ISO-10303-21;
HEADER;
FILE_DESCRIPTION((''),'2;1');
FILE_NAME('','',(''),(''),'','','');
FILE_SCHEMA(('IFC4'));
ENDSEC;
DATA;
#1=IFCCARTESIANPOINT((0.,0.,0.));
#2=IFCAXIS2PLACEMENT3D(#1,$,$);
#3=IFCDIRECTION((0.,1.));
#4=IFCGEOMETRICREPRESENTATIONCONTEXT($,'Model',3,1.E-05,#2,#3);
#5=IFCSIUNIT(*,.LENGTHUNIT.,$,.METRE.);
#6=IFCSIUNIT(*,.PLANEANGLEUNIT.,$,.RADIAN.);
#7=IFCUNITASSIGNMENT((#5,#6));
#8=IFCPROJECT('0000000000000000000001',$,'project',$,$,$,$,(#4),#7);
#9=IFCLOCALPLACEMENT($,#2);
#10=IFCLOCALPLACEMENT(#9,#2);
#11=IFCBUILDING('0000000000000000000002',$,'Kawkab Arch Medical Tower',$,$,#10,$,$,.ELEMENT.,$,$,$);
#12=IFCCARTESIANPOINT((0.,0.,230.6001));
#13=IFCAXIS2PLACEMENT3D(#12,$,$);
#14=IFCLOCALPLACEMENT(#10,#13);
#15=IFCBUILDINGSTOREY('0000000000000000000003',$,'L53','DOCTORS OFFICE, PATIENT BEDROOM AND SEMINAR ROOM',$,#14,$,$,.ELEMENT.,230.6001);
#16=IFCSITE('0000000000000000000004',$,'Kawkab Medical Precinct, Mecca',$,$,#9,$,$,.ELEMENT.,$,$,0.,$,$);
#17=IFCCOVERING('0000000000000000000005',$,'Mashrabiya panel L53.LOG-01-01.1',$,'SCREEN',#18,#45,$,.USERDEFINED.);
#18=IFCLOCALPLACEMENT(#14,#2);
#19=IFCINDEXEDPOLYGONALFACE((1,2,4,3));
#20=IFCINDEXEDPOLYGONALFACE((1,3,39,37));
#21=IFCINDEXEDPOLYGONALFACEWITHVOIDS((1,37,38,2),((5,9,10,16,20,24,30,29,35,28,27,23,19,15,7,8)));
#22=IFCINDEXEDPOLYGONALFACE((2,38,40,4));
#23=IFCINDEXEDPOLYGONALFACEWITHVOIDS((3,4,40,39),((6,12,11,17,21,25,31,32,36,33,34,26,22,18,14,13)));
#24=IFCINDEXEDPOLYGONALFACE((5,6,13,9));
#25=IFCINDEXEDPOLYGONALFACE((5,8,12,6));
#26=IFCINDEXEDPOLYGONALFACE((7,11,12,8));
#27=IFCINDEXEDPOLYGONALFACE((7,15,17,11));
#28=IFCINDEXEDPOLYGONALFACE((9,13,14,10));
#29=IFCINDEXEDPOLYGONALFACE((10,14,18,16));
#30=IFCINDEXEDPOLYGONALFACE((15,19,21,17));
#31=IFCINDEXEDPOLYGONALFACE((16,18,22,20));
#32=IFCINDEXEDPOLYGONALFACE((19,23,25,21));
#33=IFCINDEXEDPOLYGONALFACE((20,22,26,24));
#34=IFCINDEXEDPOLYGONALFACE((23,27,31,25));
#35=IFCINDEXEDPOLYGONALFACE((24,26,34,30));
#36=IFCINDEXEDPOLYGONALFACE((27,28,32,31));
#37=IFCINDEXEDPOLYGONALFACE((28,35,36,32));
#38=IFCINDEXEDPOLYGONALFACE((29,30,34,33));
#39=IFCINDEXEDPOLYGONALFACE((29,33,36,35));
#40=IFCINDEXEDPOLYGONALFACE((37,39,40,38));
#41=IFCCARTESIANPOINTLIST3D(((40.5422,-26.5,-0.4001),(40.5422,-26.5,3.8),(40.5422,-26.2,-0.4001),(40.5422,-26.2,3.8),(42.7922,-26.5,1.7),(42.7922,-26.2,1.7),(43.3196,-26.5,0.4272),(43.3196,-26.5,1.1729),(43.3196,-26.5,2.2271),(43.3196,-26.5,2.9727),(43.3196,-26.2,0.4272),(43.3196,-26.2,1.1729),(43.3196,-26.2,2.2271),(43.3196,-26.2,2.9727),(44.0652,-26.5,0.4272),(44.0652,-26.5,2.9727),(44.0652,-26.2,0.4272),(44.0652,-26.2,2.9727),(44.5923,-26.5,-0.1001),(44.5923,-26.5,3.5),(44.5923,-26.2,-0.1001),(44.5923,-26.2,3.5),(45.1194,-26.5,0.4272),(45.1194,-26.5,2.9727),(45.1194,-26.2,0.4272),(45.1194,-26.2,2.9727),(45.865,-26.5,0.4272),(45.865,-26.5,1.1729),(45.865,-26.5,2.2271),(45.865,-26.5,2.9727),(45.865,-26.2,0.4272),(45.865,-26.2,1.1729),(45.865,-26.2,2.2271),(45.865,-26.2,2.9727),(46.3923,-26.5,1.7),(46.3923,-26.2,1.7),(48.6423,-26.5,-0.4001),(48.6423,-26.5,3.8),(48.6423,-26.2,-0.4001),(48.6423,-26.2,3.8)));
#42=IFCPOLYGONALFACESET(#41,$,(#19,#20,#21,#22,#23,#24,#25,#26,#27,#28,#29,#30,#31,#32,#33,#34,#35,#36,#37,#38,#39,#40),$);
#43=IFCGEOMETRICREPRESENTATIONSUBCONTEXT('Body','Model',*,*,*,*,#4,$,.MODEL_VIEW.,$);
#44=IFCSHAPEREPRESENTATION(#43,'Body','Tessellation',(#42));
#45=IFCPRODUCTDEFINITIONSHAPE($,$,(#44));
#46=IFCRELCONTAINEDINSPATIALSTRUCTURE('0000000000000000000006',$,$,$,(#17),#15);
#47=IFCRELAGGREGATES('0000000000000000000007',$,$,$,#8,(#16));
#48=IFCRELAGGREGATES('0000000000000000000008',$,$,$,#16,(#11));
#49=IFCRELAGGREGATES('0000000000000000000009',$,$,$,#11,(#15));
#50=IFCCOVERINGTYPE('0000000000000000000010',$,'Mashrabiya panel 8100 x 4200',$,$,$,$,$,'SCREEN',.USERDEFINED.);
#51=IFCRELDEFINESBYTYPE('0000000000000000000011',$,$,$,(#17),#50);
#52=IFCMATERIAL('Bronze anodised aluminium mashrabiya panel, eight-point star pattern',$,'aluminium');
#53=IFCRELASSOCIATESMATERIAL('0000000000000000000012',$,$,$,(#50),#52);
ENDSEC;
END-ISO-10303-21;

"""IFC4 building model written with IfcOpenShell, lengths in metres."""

from ifc_helpers import new_model, si_unit, direction, frame, origin, place, context, subcontext, project, spatial, polyline, outline, extrude, material, material_profile, profile_set, type_object, element, save


model = new_model("IFC4")

# Units and contexts
model_context = context("Model", 3, precision=1e-05, world=origin(), true_north=direction((0.0, 1.0)))
body_context = subcontext(model_context, "Body", "Model", "MODEL_VIEW")
ifc_project = project(units=[si_unit("LENGTHUNIT", "METRE"), si_unit("PLANEANGLEUNIT", "RADIAN")], contexts=[model_context])

# Site, building, storey
site_placement = place(None, origin())
site = spatial("IfcSite", under=ifc_project, at=site_placement, Name="Kawkab Medical Precinct, Mecca", CompositionType="ELEMENT", RefElevation=0.0)
building_placement = place(site_placement, origin())
building = spatial("IfcBuilding", under=site, at=building_placement, Name="Kawkab Arch Medical Tower", CompositionType="ELEMENT")
storey_placement = place(building_placement, frame((0.0, 0.0, 230.6001)))
storey = spatial("IfcBuildingStorey", under=building, at=storey_placement, Name="L53", Description="DOCTORS OFFICE, PATIENT BEDROOM AND SEMINAR ROOM", CompositionType="ELEMENT", Elevation=230.6001)

# Covering
ifc_material_1 = material(Name="Bronze anodised aluminium mashrabiya panel, eight-point star pattern", Category="aluminium")
ifc_material_profile_1 = material_profile(ifc_material_1, outline(polyline([(-4.05, -2.1001), (4.05, -2.1001), (4.05, 2.1001), (-4.05, 2.1001), (-4.05, -2.1001)]), holes=[polyline([(1.8, 0.0), (1.2727, 0.5271), (1.2727, 1.2727), (0.5271, 1.2727), (0.0, 1.8), (-0.5271, 1.2727), (-1.2727, 1.2727), (-1.2727, 0.5271), (-1.8, 0.0), (-1.2727, -0.5271), (-1.2727, -1.2727), (-0.5271, -1.2727), (0.0, -1.8), (0.5271, -1.2727), (1.2727, -1.2727), (1.2727, -0.5271), (1.8, 0.0)])]), Name="Mashrabiya panel 8100x4200")
ifc_profile_set_1 = profile_set([ifc_material_profile_1], Name="Bronze anodised aluminium mashrabiya panel, eight-point star pattern")
covering_type = type_object("IfcCoveringType", Name="Mashrabiya panel 8100 x 4200", ElementType="SCREEN", PredefinedType="USERDEFINED", material=ifc_profile_set_1)
covering_placement = place(storey_placement, frame((44.5923, -26.2, 1.7), z_axis=(0.0, -1.0, 0.0), x_axis=(1.0, 0.0, 0.0)))
element("IfcCovering", 1, at=covering_placement, inside=storey, type_object=covering_type, Name="Mashrabiya panel L53.LOG-01-01.1", ObjectType="SCREEN", PredefinedType="USERDEFINED", context=body_context, shape_type="SweptSolid", body=[
    extrude(outline(polyline([(-4.05, -2.1001), (4.05, -2.1001), (4.05, 2.1001), (-4.05, 2.1001), (-4.05, -2.1001)]), holes=[polyline([(1.8, 0.0), (1.2727, 0.5271), (1.2727, 1.2727), (0.5271, 1.2727), (0.0, 1.8), (-0.5271, 1.2727), (-1.2727, 1.2727), (-1.2727, 0.5271), (-1.8, 0.0), (-1.2727, -0.5271), (-1.2727, -1.2727), (-0.5271, -1.2727), (0.0, -1.8), (0.5271, -1.2727), (1.2727, -1.2727), (1.2727, -0.5271), (1.8, 0.0)])]), origin(), (0.0, 0.0, 1.0), 0.3),
])

save(model, "model.ifc")
